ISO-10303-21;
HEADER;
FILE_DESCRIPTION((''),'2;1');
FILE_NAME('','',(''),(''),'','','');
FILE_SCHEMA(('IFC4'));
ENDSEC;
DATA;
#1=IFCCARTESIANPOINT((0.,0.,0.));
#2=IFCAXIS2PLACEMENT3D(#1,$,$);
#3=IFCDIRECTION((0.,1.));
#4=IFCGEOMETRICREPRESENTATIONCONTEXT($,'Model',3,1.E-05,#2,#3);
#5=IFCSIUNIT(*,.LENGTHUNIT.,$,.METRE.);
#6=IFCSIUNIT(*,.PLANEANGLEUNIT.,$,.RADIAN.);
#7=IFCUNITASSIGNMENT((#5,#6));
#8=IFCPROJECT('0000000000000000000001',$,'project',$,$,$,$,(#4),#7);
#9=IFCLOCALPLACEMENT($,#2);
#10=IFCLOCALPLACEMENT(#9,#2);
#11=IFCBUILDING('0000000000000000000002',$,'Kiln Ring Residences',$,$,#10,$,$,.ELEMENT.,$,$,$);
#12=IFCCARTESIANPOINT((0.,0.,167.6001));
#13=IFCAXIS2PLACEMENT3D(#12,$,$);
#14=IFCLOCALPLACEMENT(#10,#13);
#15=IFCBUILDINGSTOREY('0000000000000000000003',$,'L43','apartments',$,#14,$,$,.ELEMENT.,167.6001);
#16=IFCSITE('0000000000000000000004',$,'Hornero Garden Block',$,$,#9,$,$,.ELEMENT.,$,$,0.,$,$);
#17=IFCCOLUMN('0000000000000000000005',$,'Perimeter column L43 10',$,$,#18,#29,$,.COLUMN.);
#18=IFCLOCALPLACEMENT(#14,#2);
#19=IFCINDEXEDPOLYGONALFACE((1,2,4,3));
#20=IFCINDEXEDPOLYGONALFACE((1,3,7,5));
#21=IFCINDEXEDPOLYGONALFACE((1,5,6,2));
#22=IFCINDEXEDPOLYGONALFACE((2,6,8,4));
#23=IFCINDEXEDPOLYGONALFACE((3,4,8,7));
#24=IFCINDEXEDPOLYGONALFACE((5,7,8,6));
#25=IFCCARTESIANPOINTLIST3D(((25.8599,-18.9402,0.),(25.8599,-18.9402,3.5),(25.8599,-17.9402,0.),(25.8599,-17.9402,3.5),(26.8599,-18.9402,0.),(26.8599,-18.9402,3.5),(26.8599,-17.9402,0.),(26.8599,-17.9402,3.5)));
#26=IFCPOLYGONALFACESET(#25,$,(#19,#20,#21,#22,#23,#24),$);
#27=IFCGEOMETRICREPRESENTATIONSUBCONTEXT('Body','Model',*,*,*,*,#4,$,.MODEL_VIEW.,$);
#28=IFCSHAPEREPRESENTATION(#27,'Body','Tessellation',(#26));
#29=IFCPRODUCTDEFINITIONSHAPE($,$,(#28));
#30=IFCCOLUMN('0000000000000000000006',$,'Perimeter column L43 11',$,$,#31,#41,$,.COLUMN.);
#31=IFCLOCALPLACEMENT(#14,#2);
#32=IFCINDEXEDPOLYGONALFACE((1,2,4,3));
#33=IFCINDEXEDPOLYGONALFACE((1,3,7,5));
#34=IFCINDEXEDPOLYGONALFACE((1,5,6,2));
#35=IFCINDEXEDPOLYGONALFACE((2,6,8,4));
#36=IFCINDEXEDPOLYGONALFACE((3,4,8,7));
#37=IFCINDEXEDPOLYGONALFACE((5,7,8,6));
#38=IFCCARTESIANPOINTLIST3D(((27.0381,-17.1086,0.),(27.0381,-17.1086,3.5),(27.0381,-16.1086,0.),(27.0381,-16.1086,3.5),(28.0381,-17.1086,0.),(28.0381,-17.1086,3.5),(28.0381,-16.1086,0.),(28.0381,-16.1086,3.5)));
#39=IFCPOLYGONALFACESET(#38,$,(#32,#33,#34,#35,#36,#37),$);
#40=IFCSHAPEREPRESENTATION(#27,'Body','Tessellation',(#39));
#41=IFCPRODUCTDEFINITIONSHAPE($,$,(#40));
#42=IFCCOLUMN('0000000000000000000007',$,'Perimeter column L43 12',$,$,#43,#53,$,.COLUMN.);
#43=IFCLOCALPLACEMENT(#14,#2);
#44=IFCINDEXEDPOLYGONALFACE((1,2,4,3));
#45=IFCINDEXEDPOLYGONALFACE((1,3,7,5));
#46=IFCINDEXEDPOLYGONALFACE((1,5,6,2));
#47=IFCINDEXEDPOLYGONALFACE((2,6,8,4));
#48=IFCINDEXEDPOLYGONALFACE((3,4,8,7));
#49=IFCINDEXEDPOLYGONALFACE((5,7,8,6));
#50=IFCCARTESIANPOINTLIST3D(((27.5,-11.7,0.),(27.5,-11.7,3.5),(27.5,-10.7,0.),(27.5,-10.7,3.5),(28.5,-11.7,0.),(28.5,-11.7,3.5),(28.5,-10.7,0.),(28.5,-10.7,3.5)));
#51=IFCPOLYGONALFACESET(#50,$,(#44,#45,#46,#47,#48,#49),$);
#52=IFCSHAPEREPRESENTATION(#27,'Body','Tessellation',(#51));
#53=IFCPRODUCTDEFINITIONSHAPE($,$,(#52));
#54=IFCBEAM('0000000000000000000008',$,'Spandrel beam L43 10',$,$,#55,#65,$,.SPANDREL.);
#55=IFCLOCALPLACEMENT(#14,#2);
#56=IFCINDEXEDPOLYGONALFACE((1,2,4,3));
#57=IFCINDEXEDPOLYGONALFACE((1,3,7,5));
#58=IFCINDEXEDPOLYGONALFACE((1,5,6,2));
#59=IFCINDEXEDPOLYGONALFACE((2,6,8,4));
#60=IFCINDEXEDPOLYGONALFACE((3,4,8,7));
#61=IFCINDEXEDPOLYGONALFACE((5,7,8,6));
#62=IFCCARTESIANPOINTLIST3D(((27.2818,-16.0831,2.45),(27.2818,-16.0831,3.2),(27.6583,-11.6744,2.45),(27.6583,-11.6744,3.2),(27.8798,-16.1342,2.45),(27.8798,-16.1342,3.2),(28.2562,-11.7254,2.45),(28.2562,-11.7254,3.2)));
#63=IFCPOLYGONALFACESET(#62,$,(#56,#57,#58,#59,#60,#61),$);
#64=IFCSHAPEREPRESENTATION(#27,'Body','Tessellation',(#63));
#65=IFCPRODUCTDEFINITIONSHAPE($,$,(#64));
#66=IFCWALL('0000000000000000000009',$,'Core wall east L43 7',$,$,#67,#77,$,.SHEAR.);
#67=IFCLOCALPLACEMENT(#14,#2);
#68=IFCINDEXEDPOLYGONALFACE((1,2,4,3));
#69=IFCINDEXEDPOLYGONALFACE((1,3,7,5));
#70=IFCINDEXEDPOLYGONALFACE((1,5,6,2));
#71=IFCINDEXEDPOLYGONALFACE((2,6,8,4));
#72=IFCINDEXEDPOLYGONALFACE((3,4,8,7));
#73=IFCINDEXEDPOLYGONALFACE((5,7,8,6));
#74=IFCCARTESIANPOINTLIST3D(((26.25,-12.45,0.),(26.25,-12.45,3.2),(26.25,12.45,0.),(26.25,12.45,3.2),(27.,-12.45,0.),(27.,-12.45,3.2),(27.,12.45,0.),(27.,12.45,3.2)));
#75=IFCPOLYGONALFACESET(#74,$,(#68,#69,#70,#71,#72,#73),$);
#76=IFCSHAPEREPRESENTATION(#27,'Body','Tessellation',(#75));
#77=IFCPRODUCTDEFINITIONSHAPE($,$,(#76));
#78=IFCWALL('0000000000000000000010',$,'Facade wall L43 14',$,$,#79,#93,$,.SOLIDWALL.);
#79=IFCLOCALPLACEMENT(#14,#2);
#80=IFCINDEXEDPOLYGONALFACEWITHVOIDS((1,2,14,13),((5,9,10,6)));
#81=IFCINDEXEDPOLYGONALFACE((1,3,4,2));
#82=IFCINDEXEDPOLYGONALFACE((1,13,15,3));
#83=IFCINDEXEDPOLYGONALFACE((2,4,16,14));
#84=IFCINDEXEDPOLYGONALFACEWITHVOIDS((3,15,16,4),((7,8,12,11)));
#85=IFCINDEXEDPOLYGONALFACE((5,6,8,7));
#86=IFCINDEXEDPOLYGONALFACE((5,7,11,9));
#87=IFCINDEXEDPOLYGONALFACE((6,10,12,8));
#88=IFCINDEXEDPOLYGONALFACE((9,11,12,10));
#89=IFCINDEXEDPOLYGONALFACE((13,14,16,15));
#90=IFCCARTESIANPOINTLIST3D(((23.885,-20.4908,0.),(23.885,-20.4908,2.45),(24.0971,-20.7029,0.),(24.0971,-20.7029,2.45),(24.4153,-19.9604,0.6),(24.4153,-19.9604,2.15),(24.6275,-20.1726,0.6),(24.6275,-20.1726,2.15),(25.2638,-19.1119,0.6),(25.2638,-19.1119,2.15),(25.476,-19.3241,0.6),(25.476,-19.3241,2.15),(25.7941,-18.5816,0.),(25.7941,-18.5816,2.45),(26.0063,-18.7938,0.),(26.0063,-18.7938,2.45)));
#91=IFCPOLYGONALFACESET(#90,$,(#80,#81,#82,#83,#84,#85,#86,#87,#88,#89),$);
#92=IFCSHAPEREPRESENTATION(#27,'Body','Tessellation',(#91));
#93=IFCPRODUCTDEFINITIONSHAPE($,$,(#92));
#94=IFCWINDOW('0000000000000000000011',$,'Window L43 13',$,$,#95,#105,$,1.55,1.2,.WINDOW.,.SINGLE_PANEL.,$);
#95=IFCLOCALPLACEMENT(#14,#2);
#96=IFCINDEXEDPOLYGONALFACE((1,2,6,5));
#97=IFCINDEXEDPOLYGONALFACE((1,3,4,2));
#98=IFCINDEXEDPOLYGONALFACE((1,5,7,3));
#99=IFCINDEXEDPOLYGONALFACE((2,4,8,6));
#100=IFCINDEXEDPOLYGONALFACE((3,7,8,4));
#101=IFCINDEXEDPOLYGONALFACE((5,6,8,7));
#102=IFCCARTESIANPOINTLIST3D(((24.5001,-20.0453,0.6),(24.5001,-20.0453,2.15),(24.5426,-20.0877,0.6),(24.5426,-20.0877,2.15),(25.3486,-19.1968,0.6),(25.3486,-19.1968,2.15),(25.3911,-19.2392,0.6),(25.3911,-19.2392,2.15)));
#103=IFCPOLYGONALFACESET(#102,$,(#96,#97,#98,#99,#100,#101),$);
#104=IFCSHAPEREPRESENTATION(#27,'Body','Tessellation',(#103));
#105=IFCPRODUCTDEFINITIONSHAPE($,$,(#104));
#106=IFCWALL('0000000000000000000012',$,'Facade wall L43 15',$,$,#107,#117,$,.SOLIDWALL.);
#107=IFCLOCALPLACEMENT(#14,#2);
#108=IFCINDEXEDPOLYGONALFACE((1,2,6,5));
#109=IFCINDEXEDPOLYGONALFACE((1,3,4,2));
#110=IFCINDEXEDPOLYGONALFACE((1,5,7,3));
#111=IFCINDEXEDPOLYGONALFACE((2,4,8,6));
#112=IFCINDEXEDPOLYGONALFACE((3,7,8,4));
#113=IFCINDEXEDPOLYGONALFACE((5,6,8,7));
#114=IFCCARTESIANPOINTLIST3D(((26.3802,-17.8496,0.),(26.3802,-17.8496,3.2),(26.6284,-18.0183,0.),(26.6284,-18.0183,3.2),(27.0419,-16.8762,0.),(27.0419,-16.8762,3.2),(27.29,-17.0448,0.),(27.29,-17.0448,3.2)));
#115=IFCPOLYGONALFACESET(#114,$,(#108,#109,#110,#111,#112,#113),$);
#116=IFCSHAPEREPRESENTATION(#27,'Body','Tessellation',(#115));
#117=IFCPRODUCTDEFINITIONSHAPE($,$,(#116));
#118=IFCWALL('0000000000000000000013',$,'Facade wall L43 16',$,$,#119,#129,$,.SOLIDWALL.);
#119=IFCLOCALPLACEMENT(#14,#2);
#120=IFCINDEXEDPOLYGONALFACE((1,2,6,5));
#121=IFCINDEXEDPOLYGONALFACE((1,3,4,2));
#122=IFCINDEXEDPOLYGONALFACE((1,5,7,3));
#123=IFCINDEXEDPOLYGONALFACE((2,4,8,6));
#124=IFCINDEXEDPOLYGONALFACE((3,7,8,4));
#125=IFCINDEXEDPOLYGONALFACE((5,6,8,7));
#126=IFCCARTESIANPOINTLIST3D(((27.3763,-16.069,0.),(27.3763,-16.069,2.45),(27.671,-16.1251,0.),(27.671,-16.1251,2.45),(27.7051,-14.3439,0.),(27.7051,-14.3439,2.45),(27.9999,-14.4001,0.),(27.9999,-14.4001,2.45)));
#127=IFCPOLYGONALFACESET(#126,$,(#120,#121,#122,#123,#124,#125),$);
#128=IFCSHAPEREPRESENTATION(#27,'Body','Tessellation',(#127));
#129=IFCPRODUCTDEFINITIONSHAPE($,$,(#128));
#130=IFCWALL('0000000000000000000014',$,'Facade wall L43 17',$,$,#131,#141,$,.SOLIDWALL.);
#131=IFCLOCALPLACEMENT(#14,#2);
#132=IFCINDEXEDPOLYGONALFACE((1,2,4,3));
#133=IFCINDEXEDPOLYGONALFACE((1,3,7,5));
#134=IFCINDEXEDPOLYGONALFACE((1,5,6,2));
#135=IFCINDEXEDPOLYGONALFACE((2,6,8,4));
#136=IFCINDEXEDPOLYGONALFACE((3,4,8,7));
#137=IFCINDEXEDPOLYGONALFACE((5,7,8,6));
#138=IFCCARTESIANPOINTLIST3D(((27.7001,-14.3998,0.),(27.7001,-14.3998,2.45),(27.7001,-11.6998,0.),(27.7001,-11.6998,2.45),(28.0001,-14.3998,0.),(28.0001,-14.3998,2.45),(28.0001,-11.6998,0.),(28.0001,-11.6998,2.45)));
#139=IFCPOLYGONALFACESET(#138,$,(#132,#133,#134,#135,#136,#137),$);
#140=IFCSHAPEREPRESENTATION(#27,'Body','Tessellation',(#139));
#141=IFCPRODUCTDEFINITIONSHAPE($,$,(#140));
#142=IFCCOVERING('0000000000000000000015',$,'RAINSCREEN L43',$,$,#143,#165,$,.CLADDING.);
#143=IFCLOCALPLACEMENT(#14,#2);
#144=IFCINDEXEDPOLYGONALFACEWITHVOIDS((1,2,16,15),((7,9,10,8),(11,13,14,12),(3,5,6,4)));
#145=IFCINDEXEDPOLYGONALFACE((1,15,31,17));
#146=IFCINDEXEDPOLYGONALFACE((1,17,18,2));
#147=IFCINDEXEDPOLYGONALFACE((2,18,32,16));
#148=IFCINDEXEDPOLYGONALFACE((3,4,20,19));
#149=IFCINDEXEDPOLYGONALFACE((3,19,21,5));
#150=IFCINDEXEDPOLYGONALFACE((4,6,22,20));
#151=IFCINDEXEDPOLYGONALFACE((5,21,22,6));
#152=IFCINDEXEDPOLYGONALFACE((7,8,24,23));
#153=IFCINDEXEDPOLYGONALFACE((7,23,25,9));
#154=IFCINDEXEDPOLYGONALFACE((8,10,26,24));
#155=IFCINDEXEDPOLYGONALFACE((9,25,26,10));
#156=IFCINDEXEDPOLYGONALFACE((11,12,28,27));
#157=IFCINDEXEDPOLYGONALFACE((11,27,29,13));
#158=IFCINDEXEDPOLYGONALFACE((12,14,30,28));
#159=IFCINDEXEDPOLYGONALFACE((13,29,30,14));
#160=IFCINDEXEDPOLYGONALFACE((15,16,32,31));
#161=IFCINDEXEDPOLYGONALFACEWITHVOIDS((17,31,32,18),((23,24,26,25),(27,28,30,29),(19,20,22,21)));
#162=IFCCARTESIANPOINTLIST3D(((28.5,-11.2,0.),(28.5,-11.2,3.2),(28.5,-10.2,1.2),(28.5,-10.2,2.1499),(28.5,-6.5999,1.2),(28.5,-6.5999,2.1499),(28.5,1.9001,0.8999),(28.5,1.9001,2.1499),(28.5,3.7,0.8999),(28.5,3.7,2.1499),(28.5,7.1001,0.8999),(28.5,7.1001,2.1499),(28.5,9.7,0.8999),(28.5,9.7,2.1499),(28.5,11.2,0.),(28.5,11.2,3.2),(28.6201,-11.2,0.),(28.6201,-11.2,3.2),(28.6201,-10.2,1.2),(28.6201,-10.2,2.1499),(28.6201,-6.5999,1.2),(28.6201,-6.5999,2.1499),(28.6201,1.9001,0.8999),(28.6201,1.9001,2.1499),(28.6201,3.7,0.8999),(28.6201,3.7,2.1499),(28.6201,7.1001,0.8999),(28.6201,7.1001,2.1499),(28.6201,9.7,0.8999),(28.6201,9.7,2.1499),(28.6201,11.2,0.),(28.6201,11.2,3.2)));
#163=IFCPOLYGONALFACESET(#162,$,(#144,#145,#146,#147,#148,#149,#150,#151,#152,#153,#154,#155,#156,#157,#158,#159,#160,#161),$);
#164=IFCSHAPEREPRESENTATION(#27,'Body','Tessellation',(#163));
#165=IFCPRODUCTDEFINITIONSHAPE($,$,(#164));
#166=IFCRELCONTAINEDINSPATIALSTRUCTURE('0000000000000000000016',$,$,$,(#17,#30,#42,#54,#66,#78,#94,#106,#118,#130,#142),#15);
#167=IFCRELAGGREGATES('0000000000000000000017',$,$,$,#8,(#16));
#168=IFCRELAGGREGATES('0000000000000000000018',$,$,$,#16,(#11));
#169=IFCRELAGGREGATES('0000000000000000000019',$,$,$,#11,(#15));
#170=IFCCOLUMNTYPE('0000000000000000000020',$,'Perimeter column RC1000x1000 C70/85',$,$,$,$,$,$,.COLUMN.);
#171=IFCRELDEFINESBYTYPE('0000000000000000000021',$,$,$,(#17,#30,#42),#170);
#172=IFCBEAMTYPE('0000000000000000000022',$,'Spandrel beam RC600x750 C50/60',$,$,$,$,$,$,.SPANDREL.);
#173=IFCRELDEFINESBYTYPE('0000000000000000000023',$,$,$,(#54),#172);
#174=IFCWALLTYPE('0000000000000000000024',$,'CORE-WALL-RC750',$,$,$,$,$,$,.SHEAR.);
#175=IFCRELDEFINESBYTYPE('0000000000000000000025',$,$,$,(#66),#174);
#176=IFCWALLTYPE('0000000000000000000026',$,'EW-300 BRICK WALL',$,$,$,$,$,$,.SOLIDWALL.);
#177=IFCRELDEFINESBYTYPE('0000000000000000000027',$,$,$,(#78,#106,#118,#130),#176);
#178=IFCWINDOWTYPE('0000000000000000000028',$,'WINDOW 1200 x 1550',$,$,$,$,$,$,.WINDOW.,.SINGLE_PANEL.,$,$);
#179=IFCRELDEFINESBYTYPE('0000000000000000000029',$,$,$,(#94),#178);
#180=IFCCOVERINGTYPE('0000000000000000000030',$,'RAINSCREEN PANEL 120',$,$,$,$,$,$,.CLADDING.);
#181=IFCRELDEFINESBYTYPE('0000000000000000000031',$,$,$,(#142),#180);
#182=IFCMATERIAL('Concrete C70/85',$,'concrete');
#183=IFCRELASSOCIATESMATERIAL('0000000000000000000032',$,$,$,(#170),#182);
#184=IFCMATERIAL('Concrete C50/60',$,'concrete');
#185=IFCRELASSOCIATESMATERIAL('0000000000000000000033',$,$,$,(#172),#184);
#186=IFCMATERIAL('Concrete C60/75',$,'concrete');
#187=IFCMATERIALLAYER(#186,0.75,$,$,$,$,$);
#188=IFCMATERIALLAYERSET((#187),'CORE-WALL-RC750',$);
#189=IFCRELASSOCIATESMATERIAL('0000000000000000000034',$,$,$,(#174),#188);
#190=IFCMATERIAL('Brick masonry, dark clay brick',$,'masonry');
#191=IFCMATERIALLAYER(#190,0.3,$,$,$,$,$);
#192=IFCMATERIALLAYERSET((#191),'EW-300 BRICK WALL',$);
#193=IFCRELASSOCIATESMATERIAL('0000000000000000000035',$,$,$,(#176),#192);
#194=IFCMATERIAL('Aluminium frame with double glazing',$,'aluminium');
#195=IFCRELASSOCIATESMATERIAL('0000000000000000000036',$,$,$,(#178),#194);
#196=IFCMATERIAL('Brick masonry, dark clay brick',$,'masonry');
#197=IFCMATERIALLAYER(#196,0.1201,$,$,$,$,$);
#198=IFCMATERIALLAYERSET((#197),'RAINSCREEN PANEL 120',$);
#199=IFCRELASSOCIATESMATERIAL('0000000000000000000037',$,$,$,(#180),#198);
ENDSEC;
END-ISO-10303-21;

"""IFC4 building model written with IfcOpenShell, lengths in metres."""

from ifc_helpers import new_model, si_unit, direction, frame, frame_2d, origin, origin_2d, place, context, subcontext, project, spatial, polyline, rectangle, outline, extrude, material, layer, layer_set, material_profile, profile_set, type_object, element, fill, save


model = new_model("IFC4")

# Units and contexts
model_context = context("Model", 3, precision=1e-05, world=origin(), true_north=direction((0.0, 1.0)))
body_context = subcontext(model_context, "Body", "Model", "MODEL_VIEW")
ifc_project = project(units=[si_unit("LENGTHUNIT", "METRE"), si_unit("PLANEANGLEUNIT", "RADIAN")], contexts=[model_context])

# Site, building, storey
site_placement = place(None, origin())
site = spatial("IfcSite", under=ifc_project, at=site_placement, Name="Hornero Garden Block", CompositionType="ELEMENT", RefElevation=0.0)
building_placement = place(site_placement, origin())
building = spatial("IfcBuilding", under=site, at=building_placement, Name="Kiln Ring Residences", CompositionType="ELEMENT")
storey_placement = place(building_placement, frame((0.0, 0.0, 167.6001)))
storey = spatial("IfcBuildingStorey", under=building, at=storey_placement, Name="L43", Description="apartments", CompositionType="ELEMENT", Elevation=167.6001)

# Columns
ifc_material_1 = material(Name="Concrete C70/85", Category="concrete")
ifc_material_profile_1 = material_profile(ifc_material_1, rectangle(XDim=1.0, YDim=1.0, at=origin_2d()), Name="RC1000x1000")
ifc_profile_set_1 = profile_set([ifc_material_profile_1], Name="Concrete C70/85")
column_type = type_object("IfcColumnType", Name="Perimeter column RC1000x1000 C70/85", PredefinedType="COLUMN", material=ifc_profile_set_1)
for number, where, z_axis, x_axis, name in (
    (1, (26.3599, -18.4402, 0.0), (0.0, 0.0, 1.0), (1.0, 0.0, 0.0), "Perimeter column L43 10"),
    (2, (27.5381, -16.6086, 0.0), (0.0, 0.0, 1.0), (1.0, 0.0, 0.0), "Perimeter column L43 11"),
    (3, (28.0, -11.2, 0.0), (0.0, 0.0, 1.0), (1.0, 0.0, 0.0), "Perimeter column L43 12"),
):
    element("IfcColumn", number, at=place(storey_placement, frame(where, z_axis=z_axis, x_axis=x_axis)), inside=storey, type_object=column_type, Name=name, PredefinedType="COLUMN", context=body_context, shape_type="SweptSolid", body=[
        extrude(rectangle(XDim=1.0, YDim=1.0, at=origin_2d()), origin(), (0.0, 0.0, 1.0), 3.5),
    ])

# Beam
ifc_material_2 = material(Name="Concrete C50/60", Category="concrete")
ifc_material_profile_2 = material_profile(ifc_material_2, rectangle(XDim=0.6001, YDim=0.75, at=origin_2d()), Name="RC600x750")
ifc_profile_set_2 = profile_set([ifc_material_profile_2], Name="Concrete C50/60")
beam_type = type_object("IfcBeamType", Name="Spandrel beam RC600x750 C50/60", PredefinedType="SPANDREL", material=ifc_profile_set_2)
beam_placement = place(storey_placement, frame((27.5808, -16.1086, 2.825), z_axis=(0.085082, 0.996374, 0.0), x_axis=(-0.996374, 0.085082, 0.0)))
element("IfcBeam", 4, at=beam_placement, inside=storey, type_object=beam_type, Name="Spandrel beam L43 10", PredefinedType="SPANDREL", context=body_context, shape_type="SweptSolid", body=[
    extrude(rectangle(XDim=0.6001, YDim=0.75, at=origin_2d()), origin(), (0.0, 0.0, 1.0), 4.4248),
])

# Wall
ifc_material_3 = material(Name="Concrete C60/75", Category="concrete")
ifc_layer_1 = layer(ifc_material_3, 0.75)
ifc_layer_set_1 = layer_set([ifc_layer_1], Name="CORE-WALL-RC750")
wall_type_1 = type_object("IfcWallType", Name="CORE-WALL-RC750", PredefinedType="SHEAR", material=ifc_layer_set_1)
wall_1_placement = place(storey_placement, frame((26.625, -12.45, 0.0), z_axis=(0.0, 0.0, 1.0), x_axis=(0.0, 1.0, 0.0)))
element("IfcWall", 5, at=wall_1_placement, inside=storey, type_object=wall_type_1, Name="Core wall east L43 7", PredefinedType="SHEAR", context=body_context, shape_type="SweptSolid", body=[
    extrude(rectangle(XDim=24.8999, YDim=0.75, at=frame_2d((12.45, 0.0))), origin(), (0.0, 0.0, 1.0), 3.2),
])

# Wall, opening, window
ifc_material_4 = material(Name="Brick masonry, dark clay brick", Category="masonry")
ifc_layer_2 = layer(ifc_material_4, 0.3)
ifc_layer_set_2 = layer_set([ifc_layer_2], Name="EW-300 BRICK WALL")
wall_type_2 = type_object("IfcWallType", Name="EW-300 BRICK WALL", PredefinedType="SOLIDWALL", material=ifc_layer_set_2)
wall_2_placement = place(storey_placement, frame((23.991, -20.5969, 0.0), z_axis=(0.0, 0.0, 1.0), x_axis=(0.707107, 0.707107, 0.0)))
wall_2 = element("IfcWall", 6, at=wall_2_placement, inside=storey, type_object=wall_type_2, Name="Facade wall L43 14", PredefinedType="SOLIDWALL", context=body_context, shape_type="SweptSolid", body=[
    extrude(rectangle(XDim=2.7, YDim=0.3, at=frame_2d((1.3501, 0.0))), origin(), (0.0, 0.0, 1.0), 2.45),
])
opening_placement = place(wall_2_placement, frame((0.75, 0.0, 0.6001)))
opening = element("IfcOpeningElement", 7, at=opening_placement, cuts=wall_2, PredefinedType="OPENING", context=body_context, shape_type="SweptSolid", body=[
    extrude(rectangle(XDim=1.2, YDim=1.55, at=frame_2d((0.6001, 0.7749))), frame((0.0, 0.1599, 0.0), z_axis=(0.0, -1.0, 0.0), x_axis=(1.0, 0.0, 0.0)), (0.0, 0.0, 1.0), 0.3201),
])
ifc_material_5 = material(Name="Aluminium frame with double glazing", Category="aluminium")
window_type = type_object("IfcWindowType", Name="WINDOW 1200 x 1550", PartitioningType="SINGLE_PANEL", PredefinedType="WINDOW", material=ifc_material_5)
window_placement = place(opening_placement, origin())
window = element("IfcWindow", 8, at=window_placement, inside=storey, type_object=window_type, Name="Window L43 13", OverallHeight=1.55, OverallWidth=1.2, PartitioningType="SINGLE_PANEL", PredefinedType="WINDOW", context=body_context, shape_type="SweptSolid", body=[
    extrude(rectangle(XDim=1.2, YDim=1.55, at=frame_2d((0.6001, 0.7749))), frame((0.0, 0.03, 0.0), z_axis=(0.0, -1.0, 0.0), x_axis=(1.0, 0.0, 0.0)), (0.0, 0.0, 1.0), 0.0601),
])
fill(opening, window)

# Walls
wall_3_placement = place(storey_placement, frame((26.5044, -17.9338, 0.0), z_axis=(0.0, 0.0, 1.0), x_axis=(0.562145, 0.827038, 0.0)))
element("IfcWall", 9, at=wall_3_placement, inside=storey, type_object=wall_type_2, Name="Facade wall L43 15", PredefinedType="SOLIDWALL", context=body_context, shape_type="SweptSolid", body=[
    extrude(rectangle(XDim=1.177, YDim=0.3, at=frame_2d((0.5884, 0.0))), origin(), (0.0, 0.0, 1.0), 3.2),
])
wall_4_placement = place(storey_placement, frame((27.5237, -16.0969, 0.0), z_axis=(0.0, 0.0, 1.0), x_axis=(0.187259, 0.982311, 0.0)))
element("IfcWall", 10, at=wall_4_placement, inside=storey, type_object=wall_type_2, Name="Facade wall L43 16", PredefinedType="SOLIDWALL", context=body_context, shape_type="SweptSolid", body=[
    extrude(rectangle(XDim=1.7561, YDim=0.3, at=frame_2d((0.8779, 0.0))), origin(), (0.0, 0.0, 1.0), 2.45),
])
wall_5_placement = place(storey_placement, frame((27.8501, -14.3999, 0.0), z_axis=(0.0, 0.0, 1.0), x_axis=(0.0, 1.0, 0.0)))
element("IfcWall", 11, at=wall_5_placement, inside=storey, type_object=wall_type_2, Name="Facade wall L43 17", PredefinedType="SOLIDWALL", context=body_context, shape_type="SweptSolid", body=[
    extrude(rectangle(XDim=2.7, YDim=0.3, at=frame_2d((1.3501, 0.0))), origin(), (0.0, 0.0, 1.0), 2.45),
])

# Covering
ifc_material_6 = material(Name="Brick masonry, dark clay brick", Category="masonry")
ifc_layer_3 = layer(ifc_material_6, 0.1201)
ifc_layer_set_3 = layer_set([ifc_layer_3], Name="RAINSCREEN PANEL 120")
covering_type = type_object("IfcCoveringType", Name="RAINSCREEN PANEL 120", PredefinedType="CLADDING", material=ifc_layer_set_3)
covering_placement = place(storey_placement, frame((28.5601, -11.2, 0.0), z_axis=(0.0, 0.0, 1.0), x_axis=(0.0, 1.0, 0.0)))
element("IfcCovering", 12, at=covering_placement, inside=storey, type_object=covering_type, Name="RAINSCREEN L43", PredefinedType="CLADDING", context=body_context, shape_type="SweptSolid", body=[
    extrude(outline(polyline([(0.0, 0.0), (22.3999, 0.0), (22.3999, 3.2), (0.0, 3.2), (0.0, 0.0)]), holes=[polyline([(14.8999, 2.1499), (13.1001, 2.1499), (13.1001, 0.8999), (14.8999, 0.8999), (14.8999, 2.1499)]), polyline([(20.8999, 0.8999), (20.8999, 2.1499), (18.3, 2.1499), (18.3, 0.8999), (20.8999, 0.8999)]), polyline([(4.6001, 1.2), (4.6001, 2.1499), (1.0, 2.1499), (1.0, 1.2), (4.6001, 1.2)])]), frame((0.0, 0.0601, 0.0), z_axis=(0.0, -1.0, 0.0), x_axis=(1.0, 0.0, 0.0)), (0.0, 0.0, 1.0), 0.1201),
])

save(model, "model.ifc")
